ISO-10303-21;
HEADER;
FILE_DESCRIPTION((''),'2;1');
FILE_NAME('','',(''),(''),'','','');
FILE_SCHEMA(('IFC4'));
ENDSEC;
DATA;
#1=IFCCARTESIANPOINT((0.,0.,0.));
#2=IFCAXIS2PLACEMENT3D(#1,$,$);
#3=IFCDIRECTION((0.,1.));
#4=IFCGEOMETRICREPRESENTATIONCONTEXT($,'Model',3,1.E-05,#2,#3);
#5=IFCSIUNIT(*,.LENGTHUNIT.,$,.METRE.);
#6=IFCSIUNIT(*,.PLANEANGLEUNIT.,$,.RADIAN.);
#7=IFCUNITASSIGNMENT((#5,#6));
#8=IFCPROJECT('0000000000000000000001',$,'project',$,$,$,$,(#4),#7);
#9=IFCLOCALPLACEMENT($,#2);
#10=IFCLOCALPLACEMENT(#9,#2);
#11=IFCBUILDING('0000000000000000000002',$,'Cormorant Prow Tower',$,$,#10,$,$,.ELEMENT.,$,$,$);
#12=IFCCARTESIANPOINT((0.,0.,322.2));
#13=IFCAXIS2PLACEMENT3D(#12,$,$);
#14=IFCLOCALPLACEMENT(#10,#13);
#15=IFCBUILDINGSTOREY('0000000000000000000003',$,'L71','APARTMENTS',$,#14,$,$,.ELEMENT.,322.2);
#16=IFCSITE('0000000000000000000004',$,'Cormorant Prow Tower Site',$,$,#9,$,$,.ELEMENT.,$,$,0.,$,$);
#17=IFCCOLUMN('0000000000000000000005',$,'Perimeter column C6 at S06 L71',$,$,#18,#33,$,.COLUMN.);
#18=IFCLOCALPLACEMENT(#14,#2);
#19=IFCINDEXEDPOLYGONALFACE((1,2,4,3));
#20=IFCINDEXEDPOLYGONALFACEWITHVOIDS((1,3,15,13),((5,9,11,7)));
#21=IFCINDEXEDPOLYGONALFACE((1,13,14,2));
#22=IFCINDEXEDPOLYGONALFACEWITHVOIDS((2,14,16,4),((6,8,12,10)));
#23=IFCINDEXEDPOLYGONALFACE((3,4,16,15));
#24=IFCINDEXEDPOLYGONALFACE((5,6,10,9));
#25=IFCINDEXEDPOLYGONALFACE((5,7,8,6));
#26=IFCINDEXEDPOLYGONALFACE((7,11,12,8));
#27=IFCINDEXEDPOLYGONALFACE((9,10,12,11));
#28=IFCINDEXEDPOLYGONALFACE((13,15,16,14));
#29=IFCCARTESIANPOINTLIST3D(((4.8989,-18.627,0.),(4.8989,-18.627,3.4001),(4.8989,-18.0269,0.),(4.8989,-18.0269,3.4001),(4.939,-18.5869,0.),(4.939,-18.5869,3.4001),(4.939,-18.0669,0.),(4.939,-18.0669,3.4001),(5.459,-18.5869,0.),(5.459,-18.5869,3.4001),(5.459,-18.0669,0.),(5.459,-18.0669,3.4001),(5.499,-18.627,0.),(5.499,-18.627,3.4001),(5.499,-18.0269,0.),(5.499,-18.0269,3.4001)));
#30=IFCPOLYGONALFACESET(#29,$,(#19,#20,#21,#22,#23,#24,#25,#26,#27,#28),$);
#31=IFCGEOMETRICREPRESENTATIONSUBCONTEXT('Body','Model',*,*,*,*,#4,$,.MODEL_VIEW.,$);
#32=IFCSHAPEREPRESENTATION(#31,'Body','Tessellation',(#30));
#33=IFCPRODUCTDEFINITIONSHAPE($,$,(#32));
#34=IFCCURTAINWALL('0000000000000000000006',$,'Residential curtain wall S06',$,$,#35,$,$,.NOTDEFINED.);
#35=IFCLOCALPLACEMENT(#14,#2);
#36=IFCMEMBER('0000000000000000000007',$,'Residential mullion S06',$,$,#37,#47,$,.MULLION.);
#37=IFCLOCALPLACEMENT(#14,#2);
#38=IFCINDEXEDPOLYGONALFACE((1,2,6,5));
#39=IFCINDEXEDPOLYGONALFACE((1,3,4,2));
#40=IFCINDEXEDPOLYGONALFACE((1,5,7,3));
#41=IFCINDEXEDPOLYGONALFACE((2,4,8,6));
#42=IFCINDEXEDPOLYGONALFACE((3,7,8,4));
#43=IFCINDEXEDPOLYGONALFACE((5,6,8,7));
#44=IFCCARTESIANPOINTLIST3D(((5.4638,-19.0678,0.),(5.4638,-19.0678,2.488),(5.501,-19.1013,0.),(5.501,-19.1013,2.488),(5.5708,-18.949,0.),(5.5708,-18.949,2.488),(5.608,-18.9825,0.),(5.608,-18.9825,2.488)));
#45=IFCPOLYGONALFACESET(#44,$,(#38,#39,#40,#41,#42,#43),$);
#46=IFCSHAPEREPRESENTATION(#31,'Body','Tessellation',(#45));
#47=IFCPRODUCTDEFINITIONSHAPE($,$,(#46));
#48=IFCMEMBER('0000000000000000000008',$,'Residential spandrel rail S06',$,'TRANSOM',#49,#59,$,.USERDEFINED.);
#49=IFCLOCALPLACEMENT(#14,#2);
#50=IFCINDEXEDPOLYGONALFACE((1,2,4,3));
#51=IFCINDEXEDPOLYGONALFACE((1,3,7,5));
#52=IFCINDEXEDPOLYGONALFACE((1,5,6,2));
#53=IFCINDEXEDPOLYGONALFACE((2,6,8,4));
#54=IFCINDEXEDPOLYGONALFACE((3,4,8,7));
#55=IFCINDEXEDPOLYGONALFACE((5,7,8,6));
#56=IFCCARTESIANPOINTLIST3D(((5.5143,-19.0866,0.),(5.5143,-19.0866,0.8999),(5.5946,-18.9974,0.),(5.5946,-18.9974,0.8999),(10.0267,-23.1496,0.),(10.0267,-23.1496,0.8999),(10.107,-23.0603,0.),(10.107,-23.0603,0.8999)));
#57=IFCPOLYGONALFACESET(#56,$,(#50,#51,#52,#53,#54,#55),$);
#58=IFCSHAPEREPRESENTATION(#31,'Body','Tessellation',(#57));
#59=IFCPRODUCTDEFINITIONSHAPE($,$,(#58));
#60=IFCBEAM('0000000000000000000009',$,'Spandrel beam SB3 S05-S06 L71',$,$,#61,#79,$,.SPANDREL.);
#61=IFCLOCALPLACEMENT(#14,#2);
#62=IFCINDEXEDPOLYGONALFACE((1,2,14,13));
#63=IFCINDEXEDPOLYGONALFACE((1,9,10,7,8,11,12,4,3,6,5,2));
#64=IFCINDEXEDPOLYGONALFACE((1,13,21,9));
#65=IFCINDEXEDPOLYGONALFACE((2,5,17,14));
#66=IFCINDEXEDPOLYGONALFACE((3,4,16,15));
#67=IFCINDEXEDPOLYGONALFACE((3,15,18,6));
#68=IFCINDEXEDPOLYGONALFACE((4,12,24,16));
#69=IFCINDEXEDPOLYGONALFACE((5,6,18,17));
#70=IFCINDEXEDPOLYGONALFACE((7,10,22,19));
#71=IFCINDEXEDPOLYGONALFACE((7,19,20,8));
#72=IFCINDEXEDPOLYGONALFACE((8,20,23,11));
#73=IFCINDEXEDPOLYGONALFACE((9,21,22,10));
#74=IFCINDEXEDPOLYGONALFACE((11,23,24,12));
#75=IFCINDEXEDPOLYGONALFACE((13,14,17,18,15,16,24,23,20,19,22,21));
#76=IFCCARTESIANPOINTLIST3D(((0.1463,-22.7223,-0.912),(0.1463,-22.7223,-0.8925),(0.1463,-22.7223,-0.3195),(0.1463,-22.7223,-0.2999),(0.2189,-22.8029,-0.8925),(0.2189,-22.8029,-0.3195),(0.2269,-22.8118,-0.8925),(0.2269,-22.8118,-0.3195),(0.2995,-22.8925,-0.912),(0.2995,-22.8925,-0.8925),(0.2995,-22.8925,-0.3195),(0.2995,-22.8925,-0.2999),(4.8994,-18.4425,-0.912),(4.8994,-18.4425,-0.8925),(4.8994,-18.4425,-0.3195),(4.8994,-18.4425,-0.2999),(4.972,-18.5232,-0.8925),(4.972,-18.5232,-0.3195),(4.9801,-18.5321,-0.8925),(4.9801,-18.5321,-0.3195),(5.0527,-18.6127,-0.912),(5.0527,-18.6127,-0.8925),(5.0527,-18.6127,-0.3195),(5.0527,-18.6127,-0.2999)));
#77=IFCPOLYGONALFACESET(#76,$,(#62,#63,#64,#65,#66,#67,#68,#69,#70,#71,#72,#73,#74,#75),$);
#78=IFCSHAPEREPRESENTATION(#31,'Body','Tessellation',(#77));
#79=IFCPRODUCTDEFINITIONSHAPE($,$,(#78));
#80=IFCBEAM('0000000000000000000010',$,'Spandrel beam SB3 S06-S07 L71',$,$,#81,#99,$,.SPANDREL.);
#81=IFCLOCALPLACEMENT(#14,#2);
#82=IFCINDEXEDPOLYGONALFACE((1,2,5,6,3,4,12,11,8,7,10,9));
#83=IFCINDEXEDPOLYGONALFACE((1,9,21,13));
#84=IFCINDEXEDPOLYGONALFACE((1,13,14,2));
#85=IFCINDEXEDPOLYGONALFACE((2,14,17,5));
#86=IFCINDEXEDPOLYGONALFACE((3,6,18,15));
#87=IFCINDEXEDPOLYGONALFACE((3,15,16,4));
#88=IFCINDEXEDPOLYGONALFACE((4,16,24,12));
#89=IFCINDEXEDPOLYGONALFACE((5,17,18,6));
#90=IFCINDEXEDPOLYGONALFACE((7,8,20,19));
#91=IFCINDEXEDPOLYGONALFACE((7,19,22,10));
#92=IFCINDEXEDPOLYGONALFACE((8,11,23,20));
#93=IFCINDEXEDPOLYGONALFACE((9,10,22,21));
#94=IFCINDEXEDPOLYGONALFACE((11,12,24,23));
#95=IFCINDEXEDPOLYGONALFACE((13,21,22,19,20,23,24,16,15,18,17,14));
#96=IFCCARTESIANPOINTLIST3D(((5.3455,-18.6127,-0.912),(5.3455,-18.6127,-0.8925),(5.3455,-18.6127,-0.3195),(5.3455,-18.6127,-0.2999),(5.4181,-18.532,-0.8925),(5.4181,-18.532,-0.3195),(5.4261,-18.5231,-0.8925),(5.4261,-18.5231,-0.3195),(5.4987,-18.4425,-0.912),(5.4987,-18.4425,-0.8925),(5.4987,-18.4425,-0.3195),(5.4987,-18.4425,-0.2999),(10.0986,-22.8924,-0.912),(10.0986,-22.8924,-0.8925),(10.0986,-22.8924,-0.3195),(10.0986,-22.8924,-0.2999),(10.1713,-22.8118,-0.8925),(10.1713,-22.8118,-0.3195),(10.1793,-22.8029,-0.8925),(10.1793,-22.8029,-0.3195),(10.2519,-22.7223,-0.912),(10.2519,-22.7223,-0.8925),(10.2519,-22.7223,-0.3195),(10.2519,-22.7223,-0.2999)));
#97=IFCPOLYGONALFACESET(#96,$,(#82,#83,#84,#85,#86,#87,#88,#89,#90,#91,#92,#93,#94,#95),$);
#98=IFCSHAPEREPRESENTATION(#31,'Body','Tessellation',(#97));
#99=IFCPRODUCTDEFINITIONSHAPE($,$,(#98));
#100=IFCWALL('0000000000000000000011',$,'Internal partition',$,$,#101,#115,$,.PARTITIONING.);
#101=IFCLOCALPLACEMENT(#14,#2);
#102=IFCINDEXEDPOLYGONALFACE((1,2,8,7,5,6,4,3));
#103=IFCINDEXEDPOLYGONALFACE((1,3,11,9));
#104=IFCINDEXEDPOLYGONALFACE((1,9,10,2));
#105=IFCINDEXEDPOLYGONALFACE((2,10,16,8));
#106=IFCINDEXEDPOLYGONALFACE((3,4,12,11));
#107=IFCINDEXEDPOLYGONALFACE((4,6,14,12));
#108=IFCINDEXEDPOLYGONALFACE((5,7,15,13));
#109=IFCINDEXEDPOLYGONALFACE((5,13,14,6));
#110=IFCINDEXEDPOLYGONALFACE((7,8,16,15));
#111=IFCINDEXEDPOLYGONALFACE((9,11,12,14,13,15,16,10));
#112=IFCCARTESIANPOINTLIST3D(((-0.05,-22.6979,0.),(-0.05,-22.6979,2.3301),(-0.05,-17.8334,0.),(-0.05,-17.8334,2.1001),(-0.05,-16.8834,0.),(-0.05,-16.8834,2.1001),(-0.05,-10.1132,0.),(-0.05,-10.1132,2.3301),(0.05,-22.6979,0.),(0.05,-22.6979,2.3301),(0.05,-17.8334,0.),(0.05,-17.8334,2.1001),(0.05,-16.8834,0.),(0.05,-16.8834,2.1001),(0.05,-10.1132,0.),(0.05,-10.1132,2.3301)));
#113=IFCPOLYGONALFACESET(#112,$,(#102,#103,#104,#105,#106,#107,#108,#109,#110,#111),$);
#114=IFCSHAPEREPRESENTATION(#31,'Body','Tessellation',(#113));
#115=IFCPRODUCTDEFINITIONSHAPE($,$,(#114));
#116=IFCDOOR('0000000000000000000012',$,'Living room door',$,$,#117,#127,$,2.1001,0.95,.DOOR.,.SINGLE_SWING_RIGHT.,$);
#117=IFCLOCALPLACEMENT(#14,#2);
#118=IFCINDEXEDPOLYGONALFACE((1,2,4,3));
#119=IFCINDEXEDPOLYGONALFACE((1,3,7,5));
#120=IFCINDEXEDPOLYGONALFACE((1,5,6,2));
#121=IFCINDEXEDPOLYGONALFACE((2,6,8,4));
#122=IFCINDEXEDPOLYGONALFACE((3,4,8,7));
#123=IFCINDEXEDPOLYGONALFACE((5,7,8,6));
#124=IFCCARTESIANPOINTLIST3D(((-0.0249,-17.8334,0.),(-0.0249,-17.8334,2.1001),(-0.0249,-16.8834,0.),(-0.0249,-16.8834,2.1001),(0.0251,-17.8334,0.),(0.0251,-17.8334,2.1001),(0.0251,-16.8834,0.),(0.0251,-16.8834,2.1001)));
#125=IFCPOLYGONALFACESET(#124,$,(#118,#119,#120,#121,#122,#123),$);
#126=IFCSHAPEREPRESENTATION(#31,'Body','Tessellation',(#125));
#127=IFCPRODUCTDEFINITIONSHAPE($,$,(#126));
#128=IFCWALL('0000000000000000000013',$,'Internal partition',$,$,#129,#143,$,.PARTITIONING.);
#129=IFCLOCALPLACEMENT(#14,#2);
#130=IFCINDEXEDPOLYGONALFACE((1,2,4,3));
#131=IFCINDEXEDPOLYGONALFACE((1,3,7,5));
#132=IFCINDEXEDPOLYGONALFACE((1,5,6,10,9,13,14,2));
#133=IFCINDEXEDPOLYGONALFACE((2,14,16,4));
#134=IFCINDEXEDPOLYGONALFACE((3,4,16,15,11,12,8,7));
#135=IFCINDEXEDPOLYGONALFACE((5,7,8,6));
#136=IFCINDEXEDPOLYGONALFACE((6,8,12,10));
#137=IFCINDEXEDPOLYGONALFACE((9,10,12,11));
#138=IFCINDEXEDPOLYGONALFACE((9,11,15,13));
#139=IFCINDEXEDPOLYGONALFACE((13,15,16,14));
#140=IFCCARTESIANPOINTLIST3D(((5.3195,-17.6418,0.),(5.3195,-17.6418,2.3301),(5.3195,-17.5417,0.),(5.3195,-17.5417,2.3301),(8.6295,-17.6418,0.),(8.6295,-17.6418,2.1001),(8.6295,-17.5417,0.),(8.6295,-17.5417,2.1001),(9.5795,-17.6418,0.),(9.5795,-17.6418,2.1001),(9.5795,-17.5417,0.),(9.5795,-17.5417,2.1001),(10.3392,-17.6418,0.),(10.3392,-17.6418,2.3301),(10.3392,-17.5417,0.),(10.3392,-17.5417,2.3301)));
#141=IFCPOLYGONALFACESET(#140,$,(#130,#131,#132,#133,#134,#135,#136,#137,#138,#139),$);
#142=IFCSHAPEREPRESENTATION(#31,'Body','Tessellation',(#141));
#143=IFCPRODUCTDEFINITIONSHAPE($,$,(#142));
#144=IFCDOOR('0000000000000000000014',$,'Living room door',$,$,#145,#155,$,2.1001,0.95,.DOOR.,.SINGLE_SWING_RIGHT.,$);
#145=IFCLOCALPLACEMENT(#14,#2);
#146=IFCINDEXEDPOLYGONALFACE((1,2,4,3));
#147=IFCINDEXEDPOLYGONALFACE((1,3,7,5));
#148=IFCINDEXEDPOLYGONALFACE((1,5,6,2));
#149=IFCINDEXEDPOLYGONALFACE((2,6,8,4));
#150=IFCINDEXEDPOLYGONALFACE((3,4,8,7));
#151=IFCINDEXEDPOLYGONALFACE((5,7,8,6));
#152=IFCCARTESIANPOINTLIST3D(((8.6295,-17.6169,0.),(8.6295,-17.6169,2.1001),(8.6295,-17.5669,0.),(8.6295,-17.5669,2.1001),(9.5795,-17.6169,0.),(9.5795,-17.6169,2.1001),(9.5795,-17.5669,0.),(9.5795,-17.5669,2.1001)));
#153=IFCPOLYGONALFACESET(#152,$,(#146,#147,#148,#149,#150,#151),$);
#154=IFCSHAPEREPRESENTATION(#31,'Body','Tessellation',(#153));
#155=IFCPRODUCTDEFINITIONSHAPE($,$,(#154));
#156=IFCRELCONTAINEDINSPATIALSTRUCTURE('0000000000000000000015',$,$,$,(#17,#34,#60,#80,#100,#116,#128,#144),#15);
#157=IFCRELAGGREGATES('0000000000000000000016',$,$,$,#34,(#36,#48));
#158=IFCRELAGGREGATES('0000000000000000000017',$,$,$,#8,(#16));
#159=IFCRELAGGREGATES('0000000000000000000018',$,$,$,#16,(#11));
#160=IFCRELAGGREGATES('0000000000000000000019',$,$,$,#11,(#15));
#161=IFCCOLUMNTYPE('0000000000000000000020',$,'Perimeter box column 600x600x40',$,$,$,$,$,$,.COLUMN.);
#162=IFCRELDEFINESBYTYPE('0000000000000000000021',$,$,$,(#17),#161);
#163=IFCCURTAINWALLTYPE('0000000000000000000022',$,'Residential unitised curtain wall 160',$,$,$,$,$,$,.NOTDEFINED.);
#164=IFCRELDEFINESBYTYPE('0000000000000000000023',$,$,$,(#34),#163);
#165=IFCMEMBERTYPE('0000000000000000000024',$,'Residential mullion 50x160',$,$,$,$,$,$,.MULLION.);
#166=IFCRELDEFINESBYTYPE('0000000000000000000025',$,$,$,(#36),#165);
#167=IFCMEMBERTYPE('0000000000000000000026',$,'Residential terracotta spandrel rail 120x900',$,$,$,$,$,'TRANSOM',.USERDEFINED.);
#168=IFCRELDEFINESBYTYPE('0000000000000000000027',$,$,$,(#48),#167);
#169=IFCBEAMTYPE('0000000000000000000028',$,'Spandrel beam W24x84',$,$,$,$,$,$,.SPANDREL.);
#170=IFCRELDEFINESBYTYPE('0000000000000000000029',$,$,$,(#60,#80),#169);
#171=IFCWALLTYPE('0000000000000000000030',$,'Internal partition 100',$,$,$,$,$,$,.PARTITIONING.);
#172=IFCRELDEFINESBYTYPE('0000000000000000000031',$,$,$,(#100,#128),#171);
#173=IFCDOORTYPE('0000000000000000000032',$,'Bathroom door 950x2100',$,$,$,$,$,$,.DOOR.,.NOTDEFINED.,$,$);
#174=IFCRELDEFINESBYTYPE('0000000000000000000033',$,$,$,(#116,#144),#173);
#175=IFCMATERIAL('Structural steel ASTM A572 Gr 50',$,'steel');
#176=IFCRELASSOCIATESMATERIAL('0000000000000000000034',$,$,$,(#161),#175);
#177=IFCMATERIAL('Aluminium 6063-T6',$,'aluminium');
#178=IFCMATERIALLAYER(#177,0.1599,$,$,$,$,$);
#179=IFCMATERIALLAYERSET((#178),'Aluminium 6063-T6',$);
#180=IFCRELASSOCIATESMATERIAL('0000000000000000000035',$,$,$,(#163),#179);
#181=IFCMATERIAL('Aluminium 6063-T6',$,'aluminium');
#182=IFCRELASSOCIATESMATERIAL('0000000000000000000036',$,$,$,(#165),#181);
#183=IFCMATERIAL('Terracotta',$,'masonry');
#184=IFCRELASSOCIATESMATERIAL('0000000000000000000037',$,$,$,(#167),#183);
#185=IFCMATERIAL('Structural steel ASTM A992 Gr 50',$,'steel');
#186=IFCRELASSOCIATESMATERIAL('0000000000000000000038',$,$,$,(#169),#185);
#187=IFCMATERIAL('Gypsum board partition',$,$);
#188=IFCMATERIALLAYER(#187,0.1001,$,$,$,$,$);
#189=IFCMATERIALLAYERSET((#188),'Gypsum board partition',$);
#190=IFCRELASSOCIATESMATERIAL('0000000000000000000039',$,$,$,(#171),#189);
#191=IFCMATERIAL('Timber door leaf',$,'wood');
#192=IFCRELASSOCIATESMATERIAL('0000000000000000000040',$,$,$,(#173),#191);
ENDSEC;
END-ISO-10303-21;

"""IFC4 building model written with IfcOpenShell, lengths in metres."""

from ifc_helpers import new_model, si_unit, direction, frame, frame_2d, origin, origin_2d, place, context, subcontext, project, spatial, rectangle, hollow_rectangle, i_section, extrude, material, layer, layer_set, material_profile, profile_set, type_object, element, fill, aggregate, save


model = new_model("IFC4")

# Units and contexts
model_context = context("Model", 3, precision=1e-05, world=origin(), true_north=direction((0.0, 1.0)))
body_context = subcontext(model_context, "Body", "Model", "MODEL_VIEW")
ifc_project = project(units=[si_unit("LENGTHUNIT", "METRE"), si_unit("PLANEANGLEUNIT", "RADIAN")], contexts=[model_context])

# Site, building, storey
site_placement = place(None, origin())
site = spatial("IfcSite", under=ifc_project, at=site_placement, Name="Cormorant Prow Tower Site", CompositionType="ELEMENT", RefElevation=0.0)
building_placement = place(site_placement, origin())
building = spatial("IfcBuilding", under=site, at=building_placement, Name="Cormorant Prow Tower", CompositionType="ELEMENT")
storey_placement = place(building_placement, frame((0.0, 0.0, 322.2)))
storey = spatial("IfcBuildingStorey", under=building, at=storey_placement, Name="L71", Description="APARTMENTS", CompositionType="ELEMENT", Elevation=322.2)

# Column
ifc_material_1 = material(Name="Structural steel ASTM A572 Gr 50", Category="steel")
ifc_material_profile_1 = material_profile(ifc_material_1, hollow_rectangle(XDim=0.6001, YDim=0.6001, WallThickness=0.04, at=origin_2d()), Name="Box 600x600x40")
ifc_profile_set_1 = profile_set([ifc_material_profile_1], Name="Structural steel ASTM A572 Gr 50")
column_type = type_object("IfcColumnType", Name="Perimeter box column 600x600x40", PredefinedType="COLUMN", material=ifc_profile_set_1)
column_placement = place(storey_placement, frame((5.199, -18.3269, 0.0), z_axis=(0.0, 0.0, 1.0), x_axis=(1.0, 0.0, 0.0)))
element("IfcColumn", 1, at=column_placement, inside=storey, type_object=column_type, Name="Perimeter column C6 at S06 L71", PredefinedType="COLUMN", context=body_context, shape_type="SweptSolid", body=[
    extrude(hollow_rectangle(XDim=0.6001, YDim=0.6001, WallThickness=0.04, at=origin_2d()), origin(), (0.0, 0.0, 1.0), 3.4001),
])

# Curtain wall, members
ifc_material_2 = material(Name="Aluminium 6063-T6", Category="aluminium")
ifc_layer_1 = layer(ifc_material_2, 0.1599)
ifc_layer_set_1 = layer_set([ifc_layer_1], Name="Aluminium 6063-T6")
curtain_wall_type = type_object("IfcCurtainWallType", Name="Residential unitised curtain wall 160", PredefinedType="NOTDEFINED", material=ifc_layer_set_1)
curtain_wall_placement = place(storey_placement, origin())
curtain_wall = element("IfcCurtainWall", 2, at=curtain_wall_placement, inside=storey, type_object=curtain_wall_type, Name="Residential curtain wall S06", PredefinedType="NOTDEFINED")
ifc_material_3 = material(Name="Aluminium 6063-T6", Category="aluminium")
ifc_material_profile_2 = material_profile(ifc_material_3, rectangle(XDim=0.1599, YDim=0.05, at=origin_2d()), Name="Residential mullion 50x160")
ifc_profile_set_2 = profile_set([ifc_material_profile_2], Name="Aluminium 6063-T6")
member_type_1 = type_object("IfcMemberType", Name="Residential mullion 50x160", PredefinedType="MULLION", material=ifc_profile_set_2)
member_1_placement = place(storey_placement, frame((5.5359, -19.0251, 0.0), z_axis=(0.0, 0.0, 1.0), x_axis=(0.669131, 0.743145, 0.0)))
member_1 = element("IfcMember", 3, at=member_1_placement, type_object=member_type_1, Name="Residential mullion S06", PredefinedType="MULLION", context=body_context, shape_type="SweptSolid", body=[
    extrude(rectangle(XDim=0.1599, YDim=0.05, at=origin_2d()), origin(), (0.0, 0.0, 1.0), 2.488),
])
ifc_material_4 = material(Name="Terracotta", Category="masonry")
ifc_material_profile_3 = material_profile(ifc_material_4, rectangle(XDim=0.1201, YDim=0.8999, at=origin_2d()), Name="Residential terracotta spandrel rail 120x900")
ifc_profile_set_3 = profile_set([ifc_material_profile_3], Name="Terracotta")
member_type_2 = type_object("IfcMemberType", Name="Residential terracotta spandrel rail 120x900", ElementType="TRANSOM", PredefinedType="USERDEFINED", material=ifc_profile_set_3)
member_2_placement = place(storey_placement, frame((5.5544, -19.042, 0.45), z_axis=(0.743148, -0.669127, 0.0), x_axis=(0.669127, 0.743148, 0.0)))
member_2 = element("IfcMember", 4, at=member_2_placement, type_object=member_type_2, Name="Residential spandrel rail S06", ObjectType="TRANSOM", PredefinedType="USERDEFINED", context=body_context, shape_type="SweptSolid", body=[
    extrude(rectangle(XDim=0.1201, YDim=0.8999, at=origin_2d()), origin(), (0.0, 0.0, 1.0), 6.072),
])
aggregate(curtain_wall, [member_1, member_2])

# Beams
ifc_material_5 = material(Name="Structural steel ASTM A992 Gr 50", Category="steel")
ifc_material_profile_4 = material_profile(ifc_material_5, i_section(OverallWidth=0.229, OverallDepth=0.6121, WebThickness=0.012, FlangeThickness=0.0195, at=origin_2d()), Name="W24x84")
ifc_profile_set_4 = profile_set([ifc_material_profile_4], Name="Structural steel ASTM A992 Gr 50")
beam_type = type_object("IfcBeamType", Name="Spandrel beam W24x84", PredefinedType="SPANDREL", material=ifc_profile_set_4)
for number, where, z_axis, x_axis, name in (
    (5, (0.2229, -22.8074, -0.606), (0.743144, 0.669131, 0.0), (-0.669131, 0.743144, 0.0), "Spandrel beam SB3 S05-S06 L71"),
    (6, (5.4221, -18.5276, -0.606), (0.743144, -0.669131, 0.0), (0.669131, 0.743144, 0.0), "Spandrel beam SB3 S06-S07 L71"),
):
    element("IfcBeam", number, at=place(storey_placement, frame(where, z_axis=z_axis, x_axis=x_axis)), inside=storey, type_object=beam_type, Name=name, PredefinedType="SPANDREL", context=body_context, shape_type="SweptSolid", body=[
        extrude(i_section(OverallWidth=0.229, OverallDepth=0.6121, WebThickness=0.012, FlangeThickness=0.0195, at=origin_2d()), origin(), (0.0, 0.0, 1.0), 6.396),
    ])

# Walls, openings, doors
ifc_material_6 = material(Name="Gypsum board partition")
ifc_layer_2 = layer(ifc_material_6, 0.1001)
ifc_layer_set_2 = layer_set([ifc_layer_2], Name="Gypsum board partition")
wall_type_1 = type_object("IfcWallType", Name="Internal partition 100", PredefinedType="PARTITIONING", material=ifc_layer_set_2)
wall_1_placement = place(storey_placement, frame((0.0, -22.698, 0.0), z_axis=(0.0, 0.0, 1.0), x_axis=(0.0, 1.0, 0.0)))
wall_1 = element("IfcWall", 7, at=wall_1_placement, inside=storey, type_object=wall_type_1, Name="Internal partition", PredefinedType="PARTITIONING", context=body_context, shape_type="SweptSolid", body=[
    extrude(rectangle(XDim=12.5847, YDim=0.1001, at=frame_2d((6.2925, 0.0))), origin(), (0.0, 0.0, 1.0), 2.3301),
])
opening_1_placement = place(wall_1_placement, frame((4.8645, 0.0, 0.0)))
opening_1 = element("IfcOpeningElement", 8, at=opening_1_placement, cuts=wall_1, PredefinedType="OPENING", context=body_context, shape_type="SweptSolid", body=[
    extrude(rectangle(XDim=0.95, YDim=2.1001, at=frame_2d((0.4751, 1.05))), frame((0.0, 0.0601, 0.0), z_axis=(0.0, -1.0, 0.0), x_axis=(1.0, 0.0, 0.0)), (0.0, 0.0, 1.0), 0.1201),
])
ifc_material_7 = material(Name="Timber door leaf", Category="wood")
door_type_1 = type_object("IfcDoorType", Name="Bathroom door 950x2100", OperationType="NOTDEFINED", PredefinedType="DOOR", material=ifc_material_7)
door_1_placement = place(opening_1_placement, origin())
door_1 = element("IfcDoor", 9, at=door_1_placement, inside=storey, type_object=door_type_1, Name="Living room door", OperationType="SINGLE_SWING_RIGHT", OverallHeight=2.1001, OverallWidth=0.95, PredefinedType="DOOR", context=body_context, shape_type="SweptSolid", body=[
    extrude(rectangle(XDim=0.95, YDim=2.1001, at=frame_2d((0.4751, 1.05))), frame((0.0, 0.0249, 0.0), z_axis=(0.0, -1.0, 0.0), x_axis=(1.0, 0.0, 0.0)), (0.0, 0.0, 1.0), 0.05),
])
fill(opening_1, door_1)
wall_2_placement = place(storey_placement, frame((5.3196, -17.5918, 0.0), z_axis=(0.0, 0.0, 1.0), x_axis=(1.0, 0.0, 0.0)))
wall_2 = element("IfcWall", 10, at=wall_2_placement, inside=storey, type_object=wall_type_1, Name="Internal partition", PredefinedType="PARTITIONING", context=body_context, shape_type="SweptSolid", body=[
    extrude(rectangle(XDim=5.0198, YDim=0.1001, at=frame_2d((2.5098, 0.0))), origin(), (0.0, 0.0, 1.0), 2.3301),
])
opening_2_placement = place(wall_2_placement, frame((3.3098, 0.0, 0.0)))
opening_2 = element("IfcOpeningElement", 11, at=opening_2_placement, cuts=wall_2, PredefinedType="OPENING", context=body_context, shape_type="SweptSolid", body=[
    extrude(rectangle(XDim=0.95, YDim=2.1001, at=frame_2d((0.4751, 1.05))), frame((0.0, 0.0601, 0.0), z_axis=(0.0, -1.0, 0.0), x_axis=(1.0, 0.0, 0.0)), (0.0, 0.0, 1.0), 0.1201),
])
door_2_placement = place(opening_2_placement, origin())
door_2 = element("IfcDoor", 12, at=door_2_placement, inside=storey, type_object=door_type_1, Name="Living room door", OperationType="SINGLE_SWING_RIGHT", OverallHeight=2.1001, OverallWidth=0.95, PredefinedType="DOOR", context=body_context, shape_type="SweptSolid", body=[
    extrude(rectangle(XDim=0.95, YDim=2.1001, at=frame_2d((0.4751, 1.05))), frame((0.0, 0.0249, 0.0), z_axis=(0.0, -1.0, 0.0), x_axis=(1.0, 0.0, 0.0)), (0.0, 0.0, 1.0), 0.05),
])
fill(opening_2, door_2)

save(model, "model.ifc")
